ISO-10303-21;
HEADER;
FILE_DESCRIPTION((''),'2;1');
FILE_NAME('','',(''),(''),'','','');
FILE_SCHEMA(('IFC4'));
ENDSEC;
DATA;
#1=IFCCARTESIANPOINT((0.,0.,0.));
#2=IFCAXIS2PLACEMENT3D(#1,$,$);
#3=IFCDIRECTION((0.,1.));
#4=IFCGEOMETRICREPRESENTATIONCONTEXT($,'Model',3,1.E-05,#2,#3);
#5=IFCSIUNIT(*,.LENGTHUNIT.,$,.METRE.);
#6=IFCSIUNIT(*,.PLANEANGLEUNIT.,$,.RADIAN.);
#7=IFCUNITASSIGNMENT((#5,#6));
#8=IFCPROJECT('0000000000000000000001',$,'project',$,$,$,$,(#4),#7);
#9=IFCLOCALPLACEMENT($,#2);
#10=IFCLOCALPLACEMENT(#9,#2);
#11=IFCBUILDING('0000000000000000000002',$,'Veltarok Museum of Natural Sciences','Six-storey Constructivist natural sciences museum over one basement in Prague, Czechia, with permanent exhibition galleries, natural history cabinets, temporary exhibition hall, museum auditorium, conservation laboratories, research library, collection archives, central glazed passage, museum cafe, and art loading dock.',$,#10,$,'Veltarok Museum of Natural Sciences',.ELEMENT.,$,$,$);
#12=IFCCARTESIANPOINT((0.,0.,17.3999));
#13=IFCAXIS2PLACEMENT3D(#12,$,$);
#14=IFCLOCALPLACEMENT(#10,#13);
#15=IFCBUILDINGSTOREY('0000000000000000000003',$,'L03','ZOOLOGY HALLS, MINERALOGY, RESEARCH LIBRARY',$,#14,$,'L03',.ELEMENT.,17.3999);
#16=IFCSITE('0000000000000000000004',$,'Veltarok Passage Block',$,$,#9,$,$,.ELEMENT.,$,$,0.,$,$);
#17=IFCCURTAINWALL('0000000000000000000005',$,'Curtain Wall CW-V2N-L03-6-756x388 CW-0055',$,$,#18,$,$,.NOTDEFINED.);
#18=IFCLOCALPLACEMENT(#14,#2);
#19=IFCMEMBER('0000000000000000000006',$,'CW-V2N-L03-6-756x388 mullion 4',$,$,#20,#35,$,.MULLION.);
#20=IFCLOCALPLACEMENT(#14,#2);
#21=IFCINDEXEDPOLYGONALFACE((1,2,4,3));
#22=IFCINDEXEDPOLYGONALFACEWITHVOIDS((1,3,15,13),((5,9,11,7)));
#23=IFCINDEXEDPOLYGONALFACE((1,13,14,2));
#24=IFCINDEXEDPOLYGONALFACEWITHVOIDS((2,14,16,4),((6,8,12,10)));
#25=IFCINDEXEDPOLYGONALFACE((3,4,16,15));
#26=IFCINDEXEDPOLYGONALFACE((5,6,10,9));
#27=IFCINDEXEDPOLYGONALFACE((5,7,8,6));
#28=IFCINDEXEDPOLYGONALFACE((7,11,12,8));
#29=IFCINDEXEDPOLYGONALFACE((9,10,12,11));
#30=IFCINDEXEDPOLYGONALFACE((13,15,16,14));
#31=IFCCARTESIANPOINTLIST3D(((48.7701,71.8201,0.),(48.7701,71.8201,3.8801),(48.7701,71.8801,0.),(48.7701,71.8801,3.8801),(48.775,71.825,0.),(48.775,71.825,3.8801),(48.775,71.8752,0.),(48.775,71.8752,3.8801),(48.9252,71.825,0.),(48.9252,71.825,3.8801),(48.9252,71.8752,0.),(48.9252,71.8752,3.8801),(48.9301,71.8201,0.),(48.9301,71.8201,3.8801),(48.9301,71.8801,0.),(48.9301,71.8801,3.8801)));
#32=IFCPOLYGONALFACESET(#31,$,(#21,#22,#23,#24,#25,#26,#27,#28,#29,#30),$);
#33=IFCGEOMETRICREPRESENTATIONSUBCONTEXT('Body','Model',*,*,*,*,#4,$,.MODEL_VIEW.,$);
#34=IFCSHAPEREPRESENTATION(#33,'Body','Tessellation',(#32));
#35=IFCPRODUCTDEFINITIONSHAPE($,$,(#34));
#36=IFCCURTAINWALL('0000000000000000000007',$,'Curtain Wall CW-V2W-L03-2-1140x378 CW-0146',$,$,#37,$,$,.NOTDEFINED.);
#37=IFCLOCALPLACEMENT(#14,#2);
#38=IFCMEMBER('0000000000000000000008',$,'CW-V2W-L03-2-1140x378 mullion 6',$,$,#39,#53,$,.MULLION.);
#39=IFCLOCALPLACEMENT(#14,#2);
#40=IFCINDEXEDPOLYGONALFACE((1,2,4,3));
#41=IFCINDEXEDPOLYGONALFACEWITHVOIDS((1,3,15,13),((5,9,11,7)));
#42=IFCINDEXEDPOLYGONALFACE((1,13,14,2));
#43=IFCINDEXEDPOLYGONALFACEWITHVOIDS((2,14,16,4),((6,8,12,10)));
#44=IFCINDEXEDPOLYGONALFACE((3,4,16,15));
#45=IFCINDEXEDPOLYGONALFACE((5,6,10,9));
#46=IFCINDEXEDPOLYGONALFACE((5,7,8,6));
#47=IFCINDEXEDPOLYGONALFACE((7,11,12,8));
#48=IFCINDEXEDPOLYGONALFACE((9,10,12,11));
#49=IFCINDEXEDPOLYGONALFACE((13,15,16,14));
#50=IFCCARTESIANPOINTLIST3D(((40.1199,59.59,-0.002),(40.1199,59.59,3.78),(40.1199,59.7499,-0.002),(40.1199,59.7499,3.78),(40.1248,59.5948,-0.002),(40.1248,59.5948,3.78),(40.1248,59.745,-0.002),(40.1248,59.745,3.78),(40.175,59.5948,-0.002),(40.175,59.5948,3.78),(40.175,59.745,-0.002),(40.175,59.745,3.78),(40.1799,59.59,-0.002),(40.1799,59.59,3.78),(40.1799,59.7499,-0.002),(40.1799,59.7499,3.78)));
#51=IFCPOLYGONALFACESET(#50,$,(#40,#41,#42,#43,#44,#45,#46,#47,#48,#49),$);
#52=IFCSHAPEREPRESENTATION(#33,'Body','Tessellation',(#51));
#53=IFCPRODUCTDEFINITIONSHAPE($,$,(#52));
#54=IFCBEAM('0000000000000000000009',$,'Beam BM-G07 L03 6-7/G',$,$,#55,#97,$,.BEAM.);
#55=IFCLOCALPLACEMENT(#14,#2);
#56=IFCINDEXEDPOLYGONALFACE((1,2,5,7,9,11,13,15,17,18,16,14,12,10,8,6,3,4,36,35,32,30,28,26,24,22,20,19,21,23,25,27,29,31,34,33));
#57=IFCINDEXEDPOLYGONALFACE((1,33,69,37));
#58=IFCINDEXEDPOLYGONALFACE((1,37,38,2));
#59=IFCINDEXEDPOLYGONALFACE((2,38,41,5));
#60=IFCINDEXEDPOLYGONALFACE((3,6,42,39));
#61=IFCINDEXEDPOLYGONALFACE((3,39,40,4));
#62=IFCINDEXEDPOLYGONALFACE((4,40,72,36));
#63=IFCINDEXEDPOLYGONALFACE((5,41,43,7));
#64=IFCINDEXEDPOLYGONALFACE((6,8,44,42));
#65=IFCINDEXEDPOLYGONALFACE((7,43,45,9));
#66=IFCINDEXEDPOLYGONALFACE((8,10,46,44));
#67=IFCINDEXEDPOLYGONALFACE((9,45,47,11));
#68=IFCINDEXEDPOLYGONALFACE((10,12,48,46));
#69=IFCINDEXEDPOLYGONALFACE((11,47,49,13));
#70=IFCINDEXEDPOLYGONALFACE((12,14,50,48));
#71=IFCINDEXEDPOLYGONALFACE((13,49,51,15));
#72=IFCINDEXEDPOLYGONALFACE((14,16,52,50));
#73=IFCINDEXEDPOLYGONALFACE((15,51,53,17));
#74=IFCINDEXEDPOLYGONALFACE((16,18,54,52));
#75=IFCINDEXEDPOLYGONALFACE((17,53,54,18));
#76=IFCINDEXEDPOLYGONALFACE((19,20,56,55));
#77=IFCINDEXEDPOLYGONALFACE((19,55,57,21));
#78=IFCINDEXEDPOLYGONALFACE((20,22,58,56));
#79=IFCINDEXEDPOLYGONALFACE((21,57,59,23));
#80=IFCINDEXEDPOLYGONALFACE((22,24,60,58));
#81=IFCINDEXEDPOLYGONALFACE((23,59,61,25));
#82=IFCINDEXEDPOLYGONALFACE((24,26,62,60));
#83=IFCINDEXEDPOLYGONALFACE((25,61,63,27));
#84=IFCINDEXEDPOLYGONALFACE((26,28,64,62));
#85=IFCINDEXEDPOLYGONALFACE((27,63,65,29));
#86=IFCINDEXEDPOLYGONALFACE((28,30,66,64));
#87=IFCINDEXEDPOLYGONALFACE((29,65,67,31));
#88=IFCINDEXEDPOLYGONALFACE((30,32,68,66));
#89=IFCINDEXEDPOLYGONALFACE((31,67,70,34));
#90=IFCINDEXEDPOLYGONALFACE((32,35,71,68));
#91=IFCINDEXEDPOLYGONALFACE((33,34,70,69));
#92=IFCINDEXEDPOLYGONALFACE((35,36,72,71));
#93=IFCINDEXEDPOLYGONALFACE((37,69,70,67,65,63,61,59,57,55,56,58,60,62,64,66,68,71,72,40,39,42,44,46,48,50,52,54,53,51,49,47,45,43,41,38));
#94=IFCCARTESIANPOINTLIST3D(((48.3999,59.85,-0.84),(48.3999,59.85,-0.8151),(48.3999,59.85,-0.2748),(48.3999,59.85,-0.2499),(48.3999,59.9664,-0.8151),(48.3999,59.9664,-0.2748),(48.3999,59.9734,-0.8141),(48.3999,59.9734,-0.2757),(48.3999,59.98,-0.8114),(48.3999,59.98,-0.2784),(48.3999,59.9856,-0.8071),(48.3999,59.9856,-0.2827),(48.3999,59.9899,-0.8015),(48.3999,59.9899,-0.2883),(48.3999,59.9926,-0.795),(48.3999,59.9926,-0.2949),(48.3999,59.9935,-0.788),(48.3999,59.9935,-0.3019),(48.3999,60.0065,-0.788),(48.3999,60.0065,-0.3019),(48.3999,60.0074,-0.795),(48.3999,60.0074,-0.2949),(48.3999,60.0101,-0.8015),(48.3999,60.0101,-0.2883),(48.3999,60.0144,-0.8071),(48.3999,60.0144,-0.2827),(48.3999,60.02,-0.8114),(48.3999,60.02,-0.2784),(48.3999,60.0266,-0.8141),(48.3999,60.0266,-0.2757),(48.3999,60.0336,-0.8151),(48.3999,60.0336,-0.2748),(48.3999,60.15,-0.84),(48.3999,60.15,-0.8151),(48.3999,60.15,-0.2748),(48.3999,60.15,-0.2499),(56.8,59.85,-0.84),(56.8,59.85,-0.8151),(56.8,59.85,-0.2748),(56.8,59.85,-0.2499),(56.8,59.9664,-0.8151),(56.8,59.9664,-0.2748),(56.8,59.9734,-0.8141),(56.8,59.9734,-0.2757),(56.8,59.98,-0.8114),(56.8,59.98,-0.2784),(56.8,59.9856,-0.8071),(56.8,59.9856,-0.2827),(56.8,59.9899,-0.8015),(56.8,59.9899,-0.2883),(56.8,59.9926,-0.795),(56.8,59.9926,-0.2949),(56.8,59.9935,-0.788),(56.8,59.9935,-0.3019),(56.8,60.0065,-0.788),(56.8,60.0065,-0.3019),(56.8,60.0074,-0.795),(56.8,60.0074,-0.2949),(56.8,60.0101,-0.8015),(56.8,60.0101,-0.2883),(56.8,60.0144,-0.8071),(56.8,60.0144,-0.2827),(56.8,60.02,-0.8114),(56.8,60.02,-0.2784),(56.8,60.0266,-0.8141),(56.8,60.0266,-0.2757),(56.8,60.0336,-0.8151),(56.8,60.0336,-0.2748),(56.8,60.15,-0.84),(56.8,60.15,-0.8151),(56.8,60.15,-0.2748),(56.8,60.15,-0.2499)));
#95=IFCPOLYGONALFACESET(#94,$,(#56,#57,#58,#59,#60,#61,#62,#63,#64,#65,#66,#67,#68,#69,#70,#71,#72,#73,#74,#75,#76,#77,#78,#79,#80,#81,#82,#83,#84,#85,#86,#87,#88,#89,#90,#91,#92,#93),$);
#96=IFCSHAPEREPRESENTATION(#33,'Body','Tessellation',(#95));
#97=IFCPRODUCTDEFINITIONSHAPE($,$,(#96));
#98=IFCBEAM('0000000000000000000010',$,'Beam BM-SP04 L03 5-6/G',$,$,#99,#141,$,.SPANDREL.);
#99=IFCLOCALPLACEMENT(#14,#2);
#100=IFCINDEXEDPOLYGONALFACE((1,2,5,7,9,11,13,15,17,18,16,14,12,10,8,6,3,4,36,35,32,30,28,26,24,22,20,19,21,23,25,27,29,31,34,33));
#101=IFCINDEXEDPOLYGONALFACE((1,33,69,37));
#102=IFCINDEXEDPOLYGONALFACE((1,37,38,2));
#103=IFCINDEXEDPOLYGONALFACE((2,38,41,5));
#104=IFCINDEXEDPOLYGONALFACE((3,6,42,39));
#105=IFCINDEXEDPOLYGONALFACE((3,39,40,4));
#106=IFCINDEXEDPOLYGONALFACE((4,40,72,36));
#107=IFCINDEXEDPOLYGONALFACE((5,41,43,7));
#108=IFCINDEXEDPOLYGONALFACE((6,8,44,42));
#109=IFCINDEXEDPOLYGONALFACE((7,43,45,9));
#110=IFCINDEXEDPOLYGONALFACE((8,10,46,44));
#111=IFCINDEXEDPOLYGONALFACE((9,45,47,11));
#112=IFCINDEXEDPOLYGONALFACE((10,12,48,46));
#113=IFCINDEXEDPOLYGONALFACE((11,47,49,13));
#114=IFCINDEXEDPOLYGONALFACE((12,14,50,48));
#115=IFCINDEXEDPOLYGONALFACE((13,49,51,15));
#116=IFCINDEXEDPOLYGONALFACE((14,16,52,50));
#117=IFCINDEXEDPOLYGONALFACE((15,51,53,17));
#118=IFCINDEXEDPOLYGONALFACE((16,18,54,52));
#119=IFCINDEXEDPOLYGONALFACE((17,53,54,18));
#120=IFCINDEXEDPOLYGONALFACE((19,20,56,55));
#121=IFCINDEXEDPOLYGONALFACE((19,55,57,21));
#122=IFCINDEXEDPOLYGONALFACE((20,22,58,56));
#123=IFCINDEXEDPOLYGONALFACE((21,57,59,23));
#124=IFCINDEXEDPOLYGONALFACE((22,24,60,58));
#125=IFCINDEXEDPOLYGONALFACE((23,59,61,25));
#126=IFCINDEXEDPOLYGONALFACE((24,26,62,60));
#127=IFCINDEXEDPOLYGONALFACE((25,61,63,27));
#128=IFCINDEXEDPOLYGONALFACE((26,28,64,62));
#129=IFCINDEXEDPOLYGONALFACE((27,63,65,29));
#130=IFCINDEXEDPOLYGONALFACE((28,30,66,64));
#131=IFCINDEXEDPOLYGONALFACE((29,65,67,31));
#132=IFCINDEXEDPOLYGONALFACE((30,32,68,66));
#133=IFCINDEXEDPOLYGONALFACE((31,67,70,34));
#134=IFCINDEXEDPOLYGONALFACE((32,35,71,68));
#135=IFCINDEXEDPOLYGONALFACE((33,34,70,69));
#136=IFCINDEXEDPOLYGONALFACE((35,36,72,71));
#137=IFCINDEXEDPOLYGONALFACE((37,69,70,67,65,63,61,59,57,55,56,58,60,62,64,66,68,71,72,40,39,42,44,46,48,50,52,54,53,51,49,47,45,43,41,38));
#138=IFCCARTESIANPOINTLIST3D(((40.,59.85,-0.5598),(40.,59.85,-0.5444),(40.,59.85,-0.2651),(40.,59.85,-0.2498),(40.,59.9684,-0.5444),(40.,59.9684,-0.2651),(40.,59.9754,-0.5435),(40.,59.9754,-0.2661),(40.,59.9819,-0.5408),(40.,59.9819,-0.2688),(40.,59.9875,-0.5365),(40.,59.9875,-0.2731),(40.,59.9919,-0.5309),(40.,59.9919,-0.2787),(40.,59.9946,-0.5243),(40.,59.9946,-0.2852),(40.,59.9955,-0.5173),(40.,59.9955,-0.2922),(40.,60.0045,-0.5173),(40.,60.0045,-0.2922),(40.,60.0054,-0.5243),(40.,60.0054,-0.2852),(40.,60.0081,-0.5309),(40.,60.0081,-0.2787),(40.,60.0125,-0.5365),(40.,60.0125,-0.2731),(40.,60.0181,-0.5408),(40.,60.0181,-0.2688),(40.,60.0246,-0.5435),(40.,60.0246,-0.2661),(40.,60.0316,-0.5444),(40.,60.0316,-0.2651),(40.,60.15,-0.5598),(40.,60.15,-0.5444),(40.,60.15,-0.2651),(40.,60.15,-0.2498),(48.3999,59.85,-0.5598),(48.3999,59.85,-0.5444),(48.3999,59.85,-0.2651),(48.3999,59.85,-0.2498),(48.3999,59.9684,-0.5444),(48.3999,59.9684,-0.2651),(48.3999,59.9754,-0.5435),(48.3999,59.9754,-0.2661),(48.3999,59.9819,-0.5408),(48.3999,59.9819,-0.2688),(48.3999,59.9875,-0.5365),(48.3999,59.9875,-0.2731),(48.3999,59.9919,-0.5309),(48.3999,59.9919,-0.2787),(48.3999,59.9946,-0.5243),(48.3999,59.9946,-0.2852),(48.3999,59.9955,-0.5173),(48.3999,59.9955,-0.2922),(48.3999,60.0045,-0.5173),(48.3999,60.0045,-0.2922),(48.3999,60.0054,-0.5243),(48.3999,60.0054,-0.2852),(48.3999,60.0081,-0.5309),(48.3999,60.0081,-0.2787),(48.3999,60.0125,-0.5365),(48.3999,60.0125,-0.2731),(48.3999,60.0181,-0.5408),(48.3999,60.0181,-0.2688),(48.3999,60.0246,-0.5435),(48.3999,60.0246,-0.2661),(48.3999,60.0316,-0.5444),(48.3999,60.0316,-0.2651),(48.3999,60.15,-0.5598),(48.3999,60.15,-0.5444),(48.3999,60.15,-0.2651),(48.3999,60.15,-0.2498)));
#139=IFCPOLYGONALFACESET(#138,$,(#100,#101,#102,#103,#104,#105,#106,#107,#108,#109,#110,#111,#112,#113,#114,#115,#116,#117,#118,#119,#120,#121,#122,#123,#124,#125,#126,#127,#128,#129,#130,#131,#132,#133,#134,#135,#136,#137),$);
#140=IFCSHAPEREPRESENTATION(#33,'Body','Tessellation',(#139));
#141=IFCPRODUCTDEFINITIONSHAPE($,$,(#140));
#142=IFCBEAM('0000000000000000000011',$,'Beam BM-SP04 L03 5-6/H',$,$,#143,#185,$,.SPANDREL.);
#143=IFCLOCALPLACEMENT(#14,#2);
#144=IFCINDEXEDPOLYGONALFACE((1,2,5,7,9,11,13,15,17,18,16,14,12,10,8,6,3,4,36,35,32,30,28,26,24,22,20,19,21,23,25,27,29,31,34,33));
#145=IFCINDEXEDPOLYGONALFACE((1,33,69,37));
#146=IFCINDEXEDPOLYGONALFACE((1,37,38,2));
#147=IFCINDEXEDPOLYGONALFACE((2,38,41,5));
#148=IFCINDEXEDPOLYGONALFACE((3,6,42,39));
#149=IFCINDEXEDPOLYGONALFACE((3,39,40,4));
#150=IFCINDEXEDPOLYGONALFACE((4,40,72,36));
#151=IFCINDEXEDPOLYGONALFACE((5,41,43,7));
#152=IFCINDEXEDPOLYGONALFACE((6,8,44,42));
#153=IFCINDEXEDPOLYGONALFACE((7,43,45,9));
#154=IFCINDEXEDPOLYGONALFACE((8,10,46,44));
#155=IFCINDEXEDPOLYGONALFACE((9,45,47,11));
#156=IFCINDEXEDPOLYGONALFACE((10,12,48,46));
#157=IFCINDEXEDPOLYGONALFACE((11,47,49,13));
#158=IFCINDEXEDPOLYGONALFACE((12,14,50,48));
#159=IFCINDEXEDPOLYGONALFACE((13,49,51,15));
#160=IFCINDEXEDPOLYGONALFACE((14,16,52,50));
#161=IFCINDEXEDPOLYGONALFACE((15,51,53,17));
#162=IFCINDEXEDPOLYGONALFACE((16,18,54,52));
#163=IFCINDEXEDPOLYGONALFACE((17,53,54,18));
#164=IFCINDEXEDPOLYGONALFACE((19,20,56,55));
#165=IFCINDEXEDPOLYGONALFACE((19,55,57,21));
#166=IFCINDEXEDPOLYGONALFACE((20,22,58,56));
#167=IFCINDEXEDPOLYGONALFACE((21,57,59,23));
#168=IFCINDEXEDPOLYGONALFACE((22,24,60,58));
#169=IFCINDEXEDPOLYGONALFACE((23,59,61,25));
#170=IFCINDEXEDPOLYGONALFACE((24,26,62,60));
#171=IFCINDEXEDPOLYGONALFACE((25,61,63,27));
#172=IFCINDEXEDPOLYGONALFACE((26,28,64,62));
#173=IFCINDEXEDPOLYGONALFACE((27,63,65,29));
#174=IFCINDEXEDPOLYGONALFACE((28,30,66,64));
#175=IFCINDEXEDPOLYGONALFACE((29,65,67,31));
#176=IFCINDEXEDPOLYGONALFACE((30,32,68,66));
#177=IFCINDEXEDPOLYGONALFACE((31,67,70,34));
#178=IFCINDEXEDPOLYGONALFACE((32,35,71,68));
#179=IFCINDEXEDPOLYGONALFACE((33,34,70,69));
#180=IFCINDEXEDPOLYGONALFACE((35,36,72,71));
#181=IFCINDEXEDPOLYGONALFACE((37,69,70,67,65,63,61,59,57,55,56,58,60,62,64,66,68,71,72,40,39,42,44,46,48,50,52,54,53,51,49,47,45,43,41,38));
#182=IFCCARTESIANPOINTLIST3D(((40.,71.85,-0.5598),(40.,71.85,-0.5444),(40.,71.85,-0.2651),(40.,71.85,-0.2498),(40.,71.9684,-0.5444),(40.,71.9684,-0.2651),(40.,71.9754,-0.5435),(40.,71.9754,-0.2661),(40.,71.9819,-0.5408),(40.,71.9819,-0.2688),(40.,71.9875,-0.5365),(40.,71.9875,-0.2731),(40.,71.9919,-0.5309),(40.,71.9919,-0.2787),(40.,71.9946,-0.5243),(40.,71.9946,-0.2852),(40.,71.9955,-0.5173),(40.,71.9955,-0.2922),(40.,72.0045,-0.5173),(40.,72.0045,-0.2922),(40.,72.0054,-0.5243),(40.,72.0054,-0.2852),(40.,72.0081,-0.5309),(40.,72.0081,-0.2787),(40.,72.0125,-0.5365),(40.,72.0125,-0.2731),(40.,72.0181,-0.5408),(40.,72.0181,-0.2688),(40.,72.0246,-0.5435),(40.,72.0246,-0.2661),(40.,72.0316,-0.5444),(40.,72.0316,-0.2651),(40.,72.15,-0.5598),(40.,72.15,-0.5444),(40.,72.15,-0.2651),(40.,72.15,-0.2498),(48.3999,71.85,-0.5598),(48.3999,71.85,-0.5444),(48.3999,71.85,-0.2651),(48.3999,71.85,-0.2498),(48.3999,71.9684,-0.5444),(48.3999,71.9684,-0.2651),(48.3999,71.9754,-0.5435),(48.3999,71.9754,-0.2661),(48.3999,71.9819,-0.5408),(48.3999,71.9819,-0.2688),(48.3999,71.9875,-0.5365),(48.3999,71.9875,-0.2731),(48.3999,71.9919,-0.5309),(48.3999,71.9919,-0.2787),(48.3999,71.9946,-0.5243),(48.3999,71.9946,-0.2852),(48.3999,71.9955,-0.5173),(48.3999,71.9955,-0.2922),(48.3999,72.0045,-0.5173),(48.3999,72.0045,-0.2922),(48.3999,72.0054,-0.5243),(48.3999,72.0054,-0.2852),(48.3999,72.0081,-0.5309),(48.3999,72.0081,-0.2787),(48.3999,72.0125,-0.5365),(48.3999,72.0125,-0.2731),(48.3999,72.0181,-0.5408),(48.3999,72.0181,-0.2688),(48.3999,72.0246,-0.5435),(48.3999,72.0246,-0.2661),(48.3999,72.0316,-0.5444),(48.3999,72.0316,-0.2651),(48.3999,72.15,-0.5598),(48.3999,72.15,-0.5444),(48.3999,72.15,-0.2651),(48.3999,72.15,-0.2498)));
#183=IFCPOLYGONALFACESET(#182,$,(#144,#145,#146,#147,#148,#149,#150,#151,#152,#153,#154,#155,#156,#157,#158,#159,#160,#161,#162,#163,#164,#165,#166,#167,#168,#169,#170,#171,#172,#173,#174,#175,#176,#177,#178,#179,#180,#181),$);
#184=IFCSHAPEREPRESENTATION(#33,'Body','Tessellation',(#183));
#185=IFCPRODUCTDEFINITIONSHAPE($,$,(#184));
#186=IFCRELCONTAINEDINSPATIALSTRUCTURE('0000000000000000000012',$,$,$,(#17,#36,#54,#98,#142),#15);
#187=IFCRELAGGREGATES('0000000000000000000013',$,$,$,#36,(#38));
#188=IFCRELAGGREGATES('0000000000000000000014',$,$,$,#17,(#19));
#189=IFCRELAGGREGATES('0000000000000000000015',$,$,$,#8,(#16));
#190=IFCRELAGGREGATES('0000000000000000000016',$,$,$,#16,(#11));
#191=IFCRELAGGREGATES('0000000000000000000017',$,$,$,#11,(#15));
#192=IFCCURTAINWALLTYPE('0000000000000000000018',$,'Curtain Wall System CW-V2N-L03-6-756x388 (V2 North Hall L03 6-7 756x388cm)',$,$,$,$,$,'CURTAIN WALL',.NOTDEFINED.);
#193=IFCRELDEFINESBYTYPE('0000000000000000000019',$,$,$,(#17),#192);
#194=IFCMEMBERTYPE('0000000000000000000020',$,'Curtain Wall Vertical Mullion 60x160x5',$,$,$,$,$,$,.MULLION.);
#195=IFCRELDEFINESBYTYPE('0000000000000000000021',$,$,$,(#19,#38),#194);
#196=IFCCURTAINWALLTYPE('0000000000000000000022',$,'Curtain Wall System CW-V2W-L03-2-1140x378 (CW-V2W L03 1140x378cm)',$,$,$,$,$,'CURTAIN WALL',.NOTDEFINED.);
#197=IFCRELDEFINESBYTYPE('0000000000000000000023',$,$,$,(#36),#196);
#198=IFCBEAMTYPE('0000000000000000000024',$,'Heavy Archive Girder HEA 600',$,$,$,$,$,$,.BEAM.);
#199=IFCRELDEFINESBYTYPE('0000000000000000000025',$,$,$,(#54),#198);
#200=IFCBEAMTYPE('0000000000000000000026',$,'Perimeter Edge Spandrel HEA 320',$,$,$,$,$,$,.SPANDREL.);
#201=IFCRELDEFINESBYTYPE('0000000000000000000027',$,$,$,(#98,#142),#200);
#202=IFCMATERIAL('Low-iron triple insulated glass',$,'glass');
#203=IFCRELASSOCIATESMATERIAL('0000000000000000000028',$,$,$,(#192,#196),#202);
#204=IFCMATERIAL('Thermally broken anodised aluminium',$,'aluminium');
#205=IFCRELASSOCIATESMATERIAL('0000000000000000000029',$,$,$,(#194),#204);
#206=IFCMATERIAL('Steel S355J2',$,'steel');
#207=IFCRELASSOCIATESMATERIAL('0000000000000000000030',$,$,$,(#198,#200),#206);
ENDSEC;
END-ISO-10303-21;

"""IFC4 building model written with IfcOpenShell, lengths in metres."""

from ifc_helpers import new_model, si_unit, direction, frame, origin, origin_2d, place, context, subcontext, project, spatial, hollow_rectangle, i_section, extrude, material, material_profile, profile_set, type_object, element, aggregate, save


model = new_model("IFC4")

# Units and contexts
model_context = context("Model", 3, precision=1e-05, world=origin(), true_north=direction((0.0, 1.0)))
body_context = subcontext(model_context, "Body", "Model", "MODEL_VIEW")
ifc_project = project(units=[si_unit("LENGTHUNIT", "METRE"), si_unit("PLANEANGLEUNIT", "RADIAN")], contexts=[model_context])

# Site, building, storey
site_placement = place(None, origin())
site = spatial("IfcSite", under=ifc_project, at=site_placement, Name="Veltarok Passage Block", CompositionType="ELEMENT", RefElevation=0.0)
building_placement = place(site_placement, origin())
building = spatial("IfcBuilding", under=site, at=building_placement, Name="Veltarok Museum of Natural Sciences", Description="Six-storey Constructivist natural sciences museum over one basement in Prague, Czechia, with permanent exhibition galleries, natural history cabinets, temporary exhibition hall, museum auditorium, conservation laboratories, research library, collection archives, central glazed passage, museum cafe, and art loading dock.", LongName="Veltarok Museum of Natural Sciences", CompositionType="ELEMENT")
storey_placement = place(building_placement, frame((0.0, 0.0, 17.3999)))
storey = spatial("IfcBuildingStorey", under=building, at=storey_placement, Name="L03", Description="ZOOLOGY HALLS, MINERALOGY, RESEARCH LIBRARY", LongName="L03", CompositionType="ELEMENT", Elevation=17.3999)

# Shared definitions
ifc_material_1 = material(Name="Steel S355J2", Category="steel")

# Curtain walls, members
ifc_material_2 = material(Name="Low-iron triple insulated glass", Category="glass")
curtain_wall_type_1 = type_object("IfcCurtainWallType", Name="Curtain Wall System CW-V2N-L03-6-756x388 (V2 North Hall L03 6-7 756x388cm)", ElementType="CURTAIN WALL", PredefinedType="NOTDEFINED", material=ifc_material_2)
curtain_wall_1_placement = place(storey_placement, origin())
curtain_wall_1 = element("IfcCurtainWall", 1, at=curtain_wall_1_placement, inside=storey, type_object=curtain_wall_type_1, Name="Curtain Wall CW-V2N-L03-6-756x388 CW-0055", PredefinedType="NOTDEFINED")
ifc_material_3 = material(Name="Thermally broken anodised aluminium", Category="aluminium")
ifc_material_profile_1 = material_profile(ifc_material_3, hollow_rectangle(XDim=0.0601, YDim=0.1599, WallThickness=0.0049, at=origin_2d()), Name="CW MULLION 60x160x5")
ifc_profile_set_1 = profile_set([ifc_material_profile_1], Name="Thermally broken anodised aluminium")
member_type = type_object("IfcMemberType", Name="Curtain Wall Vertical Mullion 60x160x5", PredefinedType="MULLION", material=ifc_profile_set_1)
member_1_placement = place(storey_placement, frame((48.8501, 71.8501, 0.0), z_axis=(0.0, 0.0, 1.0), x_axis=(0.0, -1.0, 0.0)))
member_1 = element("IfcMember", 2, at=member_1_placement, type_object=member_type, Name="CW-V2N-L03-6-756x388 mullion 4", PredefinedType="MULLION", context=body_context, shape_type="SweptSolid", body=[
    extrude(hollow_rectangle(XDim=0.0601, YDim=0.1599, WallThickness=0.0049, at=origin_2d()), origin(), (0.0, 0.0, 1.0), 3.8801),
])
curtain_wall_type_2 = type_object("IfcCurtainWallType", Name="Curtain Wall System CW-V2W-L03-2-1140x378 (CW-V2W L03 1140x378cm)", ElementType="CURTAIN WALL", PredefinedType="NOTDEFINED", material=ifc_material_2)
curtain_wall_2_placement = place(storey_placement, origin())
curtain_wall_2 = element("IfcCurtainWall", 3, at=curtain_wall_2_placement, inside=storey, type_object=curtain_wall_type_2, Name="Curtain Wall CW-V2W-L03-2-1140x378 CW-0146", PredefinedType="NOTDEFINED")
member_2_placement = place(storey_placement, frame((40.1499, 59.6699, -0.002), z_axis=(0.0, 0.0, 1.0), x_axis=(-1.0, 0.0, 0.0)))
member_2 = element("IfcMember", 4, at=member_2_placement, type_object=member_type, Name="CW-V2W-L03-2-1140x378 mullion 6", PredefinedType="MULLION", context=body_context, shape_type="SweptSolid", body=[
    extrude(hollow_rectangle(XDim=0.0601, YDim=0.1599, WallThickness=0.0049, at=origin_2d()), origin(), (0.0, 0.0, 1.0), 3.782),
])
aggregate(curtain_wall_2, [member_2])

# Beams
ifc_material_profile_2 = material_profile(ifc_material_1, i_section(OverallWidth=0.3, OverallDepth=0.5901, WebThickness=0.0129, FlangeThickness=0.0249, FilletRadius=0.0271, at=origin_2d()), Name="HEA 600")
ifc_profile_set_2 = profile_set([ifc_material_profile_2], Name="Steel S355J2")
beam_type_1 = type_object("IfcBeamType", Name="Heavy Archive Girder HEA 600", PredefinedType="BEAM", material=ifc_profile_set_2)
beam_1_placement = place(storey_placement, frame((48.3999, 60.0, -0.5449), z_axis=(1.0, 0.0, 0.0), x_axis=(0.0, 1.0, 0.0)))
element("IfcBeam", 5, at=beam_1_placement, inside=storey, type_object=beam_type_1, Name="Beam BM-G07 L03 6-7/G", PredefinedType="BEAM", context=body_context, shape_type="SweptSolid", body=[
    extrude(i_section(OverallWidth=0.3, OverallDepth=0.5901, WebThickness=0.0129, FlangeThickness=0.0249, FilletRadius=0.0271, at=origin_2d()), origin(), (0.0, 0.0, 1.0), 8.4001),
])
ifc_material_profile_3 = material_profile(ifc_material_1, i_section(OverallWidth=0.3, OverallDepth=0.3101, WebThickness=0.009, FlangeThickness=0.0154, FilletRadius=0.0271, at=origin_2d()), Name="HEA 320")
ifc_profile_set_3 = profile_set([ifc_material_profile_3], Name="Steel S355J2")
beam_type_2 = type_object("IfcBeamType", Name="Perimeter Edge Spandrel HEA 320", PredefinedType="SPANDREL", material=ifc_profile_set_3)
for number, where, z_axis, x_axis, name in (
    (6, (40.0, 60.0, -0.4048), (1.0, 0.0, 0.0), (0.0, 1.0, 0.0), "Beam BM-SP04 L03 5-6/G"),
    (7, (40.0, 72.0, -0.4048), (1.0, 0.0, 0.0), (0.0, 1.0, 0.0), "Beam BM-SP04 L03 5-6/H"),
):
    element("IfcBeam", number, at=place(storey_placement, frame(where, z_axis=z_axis, x_axis=x_axis)), inside=storey, type_object=beam_type_2, Name=name, PredefinedType="SPANDREL", context=body_context, shape_type="SweptSolid", body=[
        extrude(i_section(OverallWidth=0.3, OverallDepth=0.3101, WebThickness=0.009, FlangeThickness=0.0154, FilletRadius=0.0271, at=origin_2d()), origin(), (0.0, 0.0, 1.0), 8.3999),
    ])

aggregate(curtain_wall_1, [member_1])

save(model, "model.ifc")
